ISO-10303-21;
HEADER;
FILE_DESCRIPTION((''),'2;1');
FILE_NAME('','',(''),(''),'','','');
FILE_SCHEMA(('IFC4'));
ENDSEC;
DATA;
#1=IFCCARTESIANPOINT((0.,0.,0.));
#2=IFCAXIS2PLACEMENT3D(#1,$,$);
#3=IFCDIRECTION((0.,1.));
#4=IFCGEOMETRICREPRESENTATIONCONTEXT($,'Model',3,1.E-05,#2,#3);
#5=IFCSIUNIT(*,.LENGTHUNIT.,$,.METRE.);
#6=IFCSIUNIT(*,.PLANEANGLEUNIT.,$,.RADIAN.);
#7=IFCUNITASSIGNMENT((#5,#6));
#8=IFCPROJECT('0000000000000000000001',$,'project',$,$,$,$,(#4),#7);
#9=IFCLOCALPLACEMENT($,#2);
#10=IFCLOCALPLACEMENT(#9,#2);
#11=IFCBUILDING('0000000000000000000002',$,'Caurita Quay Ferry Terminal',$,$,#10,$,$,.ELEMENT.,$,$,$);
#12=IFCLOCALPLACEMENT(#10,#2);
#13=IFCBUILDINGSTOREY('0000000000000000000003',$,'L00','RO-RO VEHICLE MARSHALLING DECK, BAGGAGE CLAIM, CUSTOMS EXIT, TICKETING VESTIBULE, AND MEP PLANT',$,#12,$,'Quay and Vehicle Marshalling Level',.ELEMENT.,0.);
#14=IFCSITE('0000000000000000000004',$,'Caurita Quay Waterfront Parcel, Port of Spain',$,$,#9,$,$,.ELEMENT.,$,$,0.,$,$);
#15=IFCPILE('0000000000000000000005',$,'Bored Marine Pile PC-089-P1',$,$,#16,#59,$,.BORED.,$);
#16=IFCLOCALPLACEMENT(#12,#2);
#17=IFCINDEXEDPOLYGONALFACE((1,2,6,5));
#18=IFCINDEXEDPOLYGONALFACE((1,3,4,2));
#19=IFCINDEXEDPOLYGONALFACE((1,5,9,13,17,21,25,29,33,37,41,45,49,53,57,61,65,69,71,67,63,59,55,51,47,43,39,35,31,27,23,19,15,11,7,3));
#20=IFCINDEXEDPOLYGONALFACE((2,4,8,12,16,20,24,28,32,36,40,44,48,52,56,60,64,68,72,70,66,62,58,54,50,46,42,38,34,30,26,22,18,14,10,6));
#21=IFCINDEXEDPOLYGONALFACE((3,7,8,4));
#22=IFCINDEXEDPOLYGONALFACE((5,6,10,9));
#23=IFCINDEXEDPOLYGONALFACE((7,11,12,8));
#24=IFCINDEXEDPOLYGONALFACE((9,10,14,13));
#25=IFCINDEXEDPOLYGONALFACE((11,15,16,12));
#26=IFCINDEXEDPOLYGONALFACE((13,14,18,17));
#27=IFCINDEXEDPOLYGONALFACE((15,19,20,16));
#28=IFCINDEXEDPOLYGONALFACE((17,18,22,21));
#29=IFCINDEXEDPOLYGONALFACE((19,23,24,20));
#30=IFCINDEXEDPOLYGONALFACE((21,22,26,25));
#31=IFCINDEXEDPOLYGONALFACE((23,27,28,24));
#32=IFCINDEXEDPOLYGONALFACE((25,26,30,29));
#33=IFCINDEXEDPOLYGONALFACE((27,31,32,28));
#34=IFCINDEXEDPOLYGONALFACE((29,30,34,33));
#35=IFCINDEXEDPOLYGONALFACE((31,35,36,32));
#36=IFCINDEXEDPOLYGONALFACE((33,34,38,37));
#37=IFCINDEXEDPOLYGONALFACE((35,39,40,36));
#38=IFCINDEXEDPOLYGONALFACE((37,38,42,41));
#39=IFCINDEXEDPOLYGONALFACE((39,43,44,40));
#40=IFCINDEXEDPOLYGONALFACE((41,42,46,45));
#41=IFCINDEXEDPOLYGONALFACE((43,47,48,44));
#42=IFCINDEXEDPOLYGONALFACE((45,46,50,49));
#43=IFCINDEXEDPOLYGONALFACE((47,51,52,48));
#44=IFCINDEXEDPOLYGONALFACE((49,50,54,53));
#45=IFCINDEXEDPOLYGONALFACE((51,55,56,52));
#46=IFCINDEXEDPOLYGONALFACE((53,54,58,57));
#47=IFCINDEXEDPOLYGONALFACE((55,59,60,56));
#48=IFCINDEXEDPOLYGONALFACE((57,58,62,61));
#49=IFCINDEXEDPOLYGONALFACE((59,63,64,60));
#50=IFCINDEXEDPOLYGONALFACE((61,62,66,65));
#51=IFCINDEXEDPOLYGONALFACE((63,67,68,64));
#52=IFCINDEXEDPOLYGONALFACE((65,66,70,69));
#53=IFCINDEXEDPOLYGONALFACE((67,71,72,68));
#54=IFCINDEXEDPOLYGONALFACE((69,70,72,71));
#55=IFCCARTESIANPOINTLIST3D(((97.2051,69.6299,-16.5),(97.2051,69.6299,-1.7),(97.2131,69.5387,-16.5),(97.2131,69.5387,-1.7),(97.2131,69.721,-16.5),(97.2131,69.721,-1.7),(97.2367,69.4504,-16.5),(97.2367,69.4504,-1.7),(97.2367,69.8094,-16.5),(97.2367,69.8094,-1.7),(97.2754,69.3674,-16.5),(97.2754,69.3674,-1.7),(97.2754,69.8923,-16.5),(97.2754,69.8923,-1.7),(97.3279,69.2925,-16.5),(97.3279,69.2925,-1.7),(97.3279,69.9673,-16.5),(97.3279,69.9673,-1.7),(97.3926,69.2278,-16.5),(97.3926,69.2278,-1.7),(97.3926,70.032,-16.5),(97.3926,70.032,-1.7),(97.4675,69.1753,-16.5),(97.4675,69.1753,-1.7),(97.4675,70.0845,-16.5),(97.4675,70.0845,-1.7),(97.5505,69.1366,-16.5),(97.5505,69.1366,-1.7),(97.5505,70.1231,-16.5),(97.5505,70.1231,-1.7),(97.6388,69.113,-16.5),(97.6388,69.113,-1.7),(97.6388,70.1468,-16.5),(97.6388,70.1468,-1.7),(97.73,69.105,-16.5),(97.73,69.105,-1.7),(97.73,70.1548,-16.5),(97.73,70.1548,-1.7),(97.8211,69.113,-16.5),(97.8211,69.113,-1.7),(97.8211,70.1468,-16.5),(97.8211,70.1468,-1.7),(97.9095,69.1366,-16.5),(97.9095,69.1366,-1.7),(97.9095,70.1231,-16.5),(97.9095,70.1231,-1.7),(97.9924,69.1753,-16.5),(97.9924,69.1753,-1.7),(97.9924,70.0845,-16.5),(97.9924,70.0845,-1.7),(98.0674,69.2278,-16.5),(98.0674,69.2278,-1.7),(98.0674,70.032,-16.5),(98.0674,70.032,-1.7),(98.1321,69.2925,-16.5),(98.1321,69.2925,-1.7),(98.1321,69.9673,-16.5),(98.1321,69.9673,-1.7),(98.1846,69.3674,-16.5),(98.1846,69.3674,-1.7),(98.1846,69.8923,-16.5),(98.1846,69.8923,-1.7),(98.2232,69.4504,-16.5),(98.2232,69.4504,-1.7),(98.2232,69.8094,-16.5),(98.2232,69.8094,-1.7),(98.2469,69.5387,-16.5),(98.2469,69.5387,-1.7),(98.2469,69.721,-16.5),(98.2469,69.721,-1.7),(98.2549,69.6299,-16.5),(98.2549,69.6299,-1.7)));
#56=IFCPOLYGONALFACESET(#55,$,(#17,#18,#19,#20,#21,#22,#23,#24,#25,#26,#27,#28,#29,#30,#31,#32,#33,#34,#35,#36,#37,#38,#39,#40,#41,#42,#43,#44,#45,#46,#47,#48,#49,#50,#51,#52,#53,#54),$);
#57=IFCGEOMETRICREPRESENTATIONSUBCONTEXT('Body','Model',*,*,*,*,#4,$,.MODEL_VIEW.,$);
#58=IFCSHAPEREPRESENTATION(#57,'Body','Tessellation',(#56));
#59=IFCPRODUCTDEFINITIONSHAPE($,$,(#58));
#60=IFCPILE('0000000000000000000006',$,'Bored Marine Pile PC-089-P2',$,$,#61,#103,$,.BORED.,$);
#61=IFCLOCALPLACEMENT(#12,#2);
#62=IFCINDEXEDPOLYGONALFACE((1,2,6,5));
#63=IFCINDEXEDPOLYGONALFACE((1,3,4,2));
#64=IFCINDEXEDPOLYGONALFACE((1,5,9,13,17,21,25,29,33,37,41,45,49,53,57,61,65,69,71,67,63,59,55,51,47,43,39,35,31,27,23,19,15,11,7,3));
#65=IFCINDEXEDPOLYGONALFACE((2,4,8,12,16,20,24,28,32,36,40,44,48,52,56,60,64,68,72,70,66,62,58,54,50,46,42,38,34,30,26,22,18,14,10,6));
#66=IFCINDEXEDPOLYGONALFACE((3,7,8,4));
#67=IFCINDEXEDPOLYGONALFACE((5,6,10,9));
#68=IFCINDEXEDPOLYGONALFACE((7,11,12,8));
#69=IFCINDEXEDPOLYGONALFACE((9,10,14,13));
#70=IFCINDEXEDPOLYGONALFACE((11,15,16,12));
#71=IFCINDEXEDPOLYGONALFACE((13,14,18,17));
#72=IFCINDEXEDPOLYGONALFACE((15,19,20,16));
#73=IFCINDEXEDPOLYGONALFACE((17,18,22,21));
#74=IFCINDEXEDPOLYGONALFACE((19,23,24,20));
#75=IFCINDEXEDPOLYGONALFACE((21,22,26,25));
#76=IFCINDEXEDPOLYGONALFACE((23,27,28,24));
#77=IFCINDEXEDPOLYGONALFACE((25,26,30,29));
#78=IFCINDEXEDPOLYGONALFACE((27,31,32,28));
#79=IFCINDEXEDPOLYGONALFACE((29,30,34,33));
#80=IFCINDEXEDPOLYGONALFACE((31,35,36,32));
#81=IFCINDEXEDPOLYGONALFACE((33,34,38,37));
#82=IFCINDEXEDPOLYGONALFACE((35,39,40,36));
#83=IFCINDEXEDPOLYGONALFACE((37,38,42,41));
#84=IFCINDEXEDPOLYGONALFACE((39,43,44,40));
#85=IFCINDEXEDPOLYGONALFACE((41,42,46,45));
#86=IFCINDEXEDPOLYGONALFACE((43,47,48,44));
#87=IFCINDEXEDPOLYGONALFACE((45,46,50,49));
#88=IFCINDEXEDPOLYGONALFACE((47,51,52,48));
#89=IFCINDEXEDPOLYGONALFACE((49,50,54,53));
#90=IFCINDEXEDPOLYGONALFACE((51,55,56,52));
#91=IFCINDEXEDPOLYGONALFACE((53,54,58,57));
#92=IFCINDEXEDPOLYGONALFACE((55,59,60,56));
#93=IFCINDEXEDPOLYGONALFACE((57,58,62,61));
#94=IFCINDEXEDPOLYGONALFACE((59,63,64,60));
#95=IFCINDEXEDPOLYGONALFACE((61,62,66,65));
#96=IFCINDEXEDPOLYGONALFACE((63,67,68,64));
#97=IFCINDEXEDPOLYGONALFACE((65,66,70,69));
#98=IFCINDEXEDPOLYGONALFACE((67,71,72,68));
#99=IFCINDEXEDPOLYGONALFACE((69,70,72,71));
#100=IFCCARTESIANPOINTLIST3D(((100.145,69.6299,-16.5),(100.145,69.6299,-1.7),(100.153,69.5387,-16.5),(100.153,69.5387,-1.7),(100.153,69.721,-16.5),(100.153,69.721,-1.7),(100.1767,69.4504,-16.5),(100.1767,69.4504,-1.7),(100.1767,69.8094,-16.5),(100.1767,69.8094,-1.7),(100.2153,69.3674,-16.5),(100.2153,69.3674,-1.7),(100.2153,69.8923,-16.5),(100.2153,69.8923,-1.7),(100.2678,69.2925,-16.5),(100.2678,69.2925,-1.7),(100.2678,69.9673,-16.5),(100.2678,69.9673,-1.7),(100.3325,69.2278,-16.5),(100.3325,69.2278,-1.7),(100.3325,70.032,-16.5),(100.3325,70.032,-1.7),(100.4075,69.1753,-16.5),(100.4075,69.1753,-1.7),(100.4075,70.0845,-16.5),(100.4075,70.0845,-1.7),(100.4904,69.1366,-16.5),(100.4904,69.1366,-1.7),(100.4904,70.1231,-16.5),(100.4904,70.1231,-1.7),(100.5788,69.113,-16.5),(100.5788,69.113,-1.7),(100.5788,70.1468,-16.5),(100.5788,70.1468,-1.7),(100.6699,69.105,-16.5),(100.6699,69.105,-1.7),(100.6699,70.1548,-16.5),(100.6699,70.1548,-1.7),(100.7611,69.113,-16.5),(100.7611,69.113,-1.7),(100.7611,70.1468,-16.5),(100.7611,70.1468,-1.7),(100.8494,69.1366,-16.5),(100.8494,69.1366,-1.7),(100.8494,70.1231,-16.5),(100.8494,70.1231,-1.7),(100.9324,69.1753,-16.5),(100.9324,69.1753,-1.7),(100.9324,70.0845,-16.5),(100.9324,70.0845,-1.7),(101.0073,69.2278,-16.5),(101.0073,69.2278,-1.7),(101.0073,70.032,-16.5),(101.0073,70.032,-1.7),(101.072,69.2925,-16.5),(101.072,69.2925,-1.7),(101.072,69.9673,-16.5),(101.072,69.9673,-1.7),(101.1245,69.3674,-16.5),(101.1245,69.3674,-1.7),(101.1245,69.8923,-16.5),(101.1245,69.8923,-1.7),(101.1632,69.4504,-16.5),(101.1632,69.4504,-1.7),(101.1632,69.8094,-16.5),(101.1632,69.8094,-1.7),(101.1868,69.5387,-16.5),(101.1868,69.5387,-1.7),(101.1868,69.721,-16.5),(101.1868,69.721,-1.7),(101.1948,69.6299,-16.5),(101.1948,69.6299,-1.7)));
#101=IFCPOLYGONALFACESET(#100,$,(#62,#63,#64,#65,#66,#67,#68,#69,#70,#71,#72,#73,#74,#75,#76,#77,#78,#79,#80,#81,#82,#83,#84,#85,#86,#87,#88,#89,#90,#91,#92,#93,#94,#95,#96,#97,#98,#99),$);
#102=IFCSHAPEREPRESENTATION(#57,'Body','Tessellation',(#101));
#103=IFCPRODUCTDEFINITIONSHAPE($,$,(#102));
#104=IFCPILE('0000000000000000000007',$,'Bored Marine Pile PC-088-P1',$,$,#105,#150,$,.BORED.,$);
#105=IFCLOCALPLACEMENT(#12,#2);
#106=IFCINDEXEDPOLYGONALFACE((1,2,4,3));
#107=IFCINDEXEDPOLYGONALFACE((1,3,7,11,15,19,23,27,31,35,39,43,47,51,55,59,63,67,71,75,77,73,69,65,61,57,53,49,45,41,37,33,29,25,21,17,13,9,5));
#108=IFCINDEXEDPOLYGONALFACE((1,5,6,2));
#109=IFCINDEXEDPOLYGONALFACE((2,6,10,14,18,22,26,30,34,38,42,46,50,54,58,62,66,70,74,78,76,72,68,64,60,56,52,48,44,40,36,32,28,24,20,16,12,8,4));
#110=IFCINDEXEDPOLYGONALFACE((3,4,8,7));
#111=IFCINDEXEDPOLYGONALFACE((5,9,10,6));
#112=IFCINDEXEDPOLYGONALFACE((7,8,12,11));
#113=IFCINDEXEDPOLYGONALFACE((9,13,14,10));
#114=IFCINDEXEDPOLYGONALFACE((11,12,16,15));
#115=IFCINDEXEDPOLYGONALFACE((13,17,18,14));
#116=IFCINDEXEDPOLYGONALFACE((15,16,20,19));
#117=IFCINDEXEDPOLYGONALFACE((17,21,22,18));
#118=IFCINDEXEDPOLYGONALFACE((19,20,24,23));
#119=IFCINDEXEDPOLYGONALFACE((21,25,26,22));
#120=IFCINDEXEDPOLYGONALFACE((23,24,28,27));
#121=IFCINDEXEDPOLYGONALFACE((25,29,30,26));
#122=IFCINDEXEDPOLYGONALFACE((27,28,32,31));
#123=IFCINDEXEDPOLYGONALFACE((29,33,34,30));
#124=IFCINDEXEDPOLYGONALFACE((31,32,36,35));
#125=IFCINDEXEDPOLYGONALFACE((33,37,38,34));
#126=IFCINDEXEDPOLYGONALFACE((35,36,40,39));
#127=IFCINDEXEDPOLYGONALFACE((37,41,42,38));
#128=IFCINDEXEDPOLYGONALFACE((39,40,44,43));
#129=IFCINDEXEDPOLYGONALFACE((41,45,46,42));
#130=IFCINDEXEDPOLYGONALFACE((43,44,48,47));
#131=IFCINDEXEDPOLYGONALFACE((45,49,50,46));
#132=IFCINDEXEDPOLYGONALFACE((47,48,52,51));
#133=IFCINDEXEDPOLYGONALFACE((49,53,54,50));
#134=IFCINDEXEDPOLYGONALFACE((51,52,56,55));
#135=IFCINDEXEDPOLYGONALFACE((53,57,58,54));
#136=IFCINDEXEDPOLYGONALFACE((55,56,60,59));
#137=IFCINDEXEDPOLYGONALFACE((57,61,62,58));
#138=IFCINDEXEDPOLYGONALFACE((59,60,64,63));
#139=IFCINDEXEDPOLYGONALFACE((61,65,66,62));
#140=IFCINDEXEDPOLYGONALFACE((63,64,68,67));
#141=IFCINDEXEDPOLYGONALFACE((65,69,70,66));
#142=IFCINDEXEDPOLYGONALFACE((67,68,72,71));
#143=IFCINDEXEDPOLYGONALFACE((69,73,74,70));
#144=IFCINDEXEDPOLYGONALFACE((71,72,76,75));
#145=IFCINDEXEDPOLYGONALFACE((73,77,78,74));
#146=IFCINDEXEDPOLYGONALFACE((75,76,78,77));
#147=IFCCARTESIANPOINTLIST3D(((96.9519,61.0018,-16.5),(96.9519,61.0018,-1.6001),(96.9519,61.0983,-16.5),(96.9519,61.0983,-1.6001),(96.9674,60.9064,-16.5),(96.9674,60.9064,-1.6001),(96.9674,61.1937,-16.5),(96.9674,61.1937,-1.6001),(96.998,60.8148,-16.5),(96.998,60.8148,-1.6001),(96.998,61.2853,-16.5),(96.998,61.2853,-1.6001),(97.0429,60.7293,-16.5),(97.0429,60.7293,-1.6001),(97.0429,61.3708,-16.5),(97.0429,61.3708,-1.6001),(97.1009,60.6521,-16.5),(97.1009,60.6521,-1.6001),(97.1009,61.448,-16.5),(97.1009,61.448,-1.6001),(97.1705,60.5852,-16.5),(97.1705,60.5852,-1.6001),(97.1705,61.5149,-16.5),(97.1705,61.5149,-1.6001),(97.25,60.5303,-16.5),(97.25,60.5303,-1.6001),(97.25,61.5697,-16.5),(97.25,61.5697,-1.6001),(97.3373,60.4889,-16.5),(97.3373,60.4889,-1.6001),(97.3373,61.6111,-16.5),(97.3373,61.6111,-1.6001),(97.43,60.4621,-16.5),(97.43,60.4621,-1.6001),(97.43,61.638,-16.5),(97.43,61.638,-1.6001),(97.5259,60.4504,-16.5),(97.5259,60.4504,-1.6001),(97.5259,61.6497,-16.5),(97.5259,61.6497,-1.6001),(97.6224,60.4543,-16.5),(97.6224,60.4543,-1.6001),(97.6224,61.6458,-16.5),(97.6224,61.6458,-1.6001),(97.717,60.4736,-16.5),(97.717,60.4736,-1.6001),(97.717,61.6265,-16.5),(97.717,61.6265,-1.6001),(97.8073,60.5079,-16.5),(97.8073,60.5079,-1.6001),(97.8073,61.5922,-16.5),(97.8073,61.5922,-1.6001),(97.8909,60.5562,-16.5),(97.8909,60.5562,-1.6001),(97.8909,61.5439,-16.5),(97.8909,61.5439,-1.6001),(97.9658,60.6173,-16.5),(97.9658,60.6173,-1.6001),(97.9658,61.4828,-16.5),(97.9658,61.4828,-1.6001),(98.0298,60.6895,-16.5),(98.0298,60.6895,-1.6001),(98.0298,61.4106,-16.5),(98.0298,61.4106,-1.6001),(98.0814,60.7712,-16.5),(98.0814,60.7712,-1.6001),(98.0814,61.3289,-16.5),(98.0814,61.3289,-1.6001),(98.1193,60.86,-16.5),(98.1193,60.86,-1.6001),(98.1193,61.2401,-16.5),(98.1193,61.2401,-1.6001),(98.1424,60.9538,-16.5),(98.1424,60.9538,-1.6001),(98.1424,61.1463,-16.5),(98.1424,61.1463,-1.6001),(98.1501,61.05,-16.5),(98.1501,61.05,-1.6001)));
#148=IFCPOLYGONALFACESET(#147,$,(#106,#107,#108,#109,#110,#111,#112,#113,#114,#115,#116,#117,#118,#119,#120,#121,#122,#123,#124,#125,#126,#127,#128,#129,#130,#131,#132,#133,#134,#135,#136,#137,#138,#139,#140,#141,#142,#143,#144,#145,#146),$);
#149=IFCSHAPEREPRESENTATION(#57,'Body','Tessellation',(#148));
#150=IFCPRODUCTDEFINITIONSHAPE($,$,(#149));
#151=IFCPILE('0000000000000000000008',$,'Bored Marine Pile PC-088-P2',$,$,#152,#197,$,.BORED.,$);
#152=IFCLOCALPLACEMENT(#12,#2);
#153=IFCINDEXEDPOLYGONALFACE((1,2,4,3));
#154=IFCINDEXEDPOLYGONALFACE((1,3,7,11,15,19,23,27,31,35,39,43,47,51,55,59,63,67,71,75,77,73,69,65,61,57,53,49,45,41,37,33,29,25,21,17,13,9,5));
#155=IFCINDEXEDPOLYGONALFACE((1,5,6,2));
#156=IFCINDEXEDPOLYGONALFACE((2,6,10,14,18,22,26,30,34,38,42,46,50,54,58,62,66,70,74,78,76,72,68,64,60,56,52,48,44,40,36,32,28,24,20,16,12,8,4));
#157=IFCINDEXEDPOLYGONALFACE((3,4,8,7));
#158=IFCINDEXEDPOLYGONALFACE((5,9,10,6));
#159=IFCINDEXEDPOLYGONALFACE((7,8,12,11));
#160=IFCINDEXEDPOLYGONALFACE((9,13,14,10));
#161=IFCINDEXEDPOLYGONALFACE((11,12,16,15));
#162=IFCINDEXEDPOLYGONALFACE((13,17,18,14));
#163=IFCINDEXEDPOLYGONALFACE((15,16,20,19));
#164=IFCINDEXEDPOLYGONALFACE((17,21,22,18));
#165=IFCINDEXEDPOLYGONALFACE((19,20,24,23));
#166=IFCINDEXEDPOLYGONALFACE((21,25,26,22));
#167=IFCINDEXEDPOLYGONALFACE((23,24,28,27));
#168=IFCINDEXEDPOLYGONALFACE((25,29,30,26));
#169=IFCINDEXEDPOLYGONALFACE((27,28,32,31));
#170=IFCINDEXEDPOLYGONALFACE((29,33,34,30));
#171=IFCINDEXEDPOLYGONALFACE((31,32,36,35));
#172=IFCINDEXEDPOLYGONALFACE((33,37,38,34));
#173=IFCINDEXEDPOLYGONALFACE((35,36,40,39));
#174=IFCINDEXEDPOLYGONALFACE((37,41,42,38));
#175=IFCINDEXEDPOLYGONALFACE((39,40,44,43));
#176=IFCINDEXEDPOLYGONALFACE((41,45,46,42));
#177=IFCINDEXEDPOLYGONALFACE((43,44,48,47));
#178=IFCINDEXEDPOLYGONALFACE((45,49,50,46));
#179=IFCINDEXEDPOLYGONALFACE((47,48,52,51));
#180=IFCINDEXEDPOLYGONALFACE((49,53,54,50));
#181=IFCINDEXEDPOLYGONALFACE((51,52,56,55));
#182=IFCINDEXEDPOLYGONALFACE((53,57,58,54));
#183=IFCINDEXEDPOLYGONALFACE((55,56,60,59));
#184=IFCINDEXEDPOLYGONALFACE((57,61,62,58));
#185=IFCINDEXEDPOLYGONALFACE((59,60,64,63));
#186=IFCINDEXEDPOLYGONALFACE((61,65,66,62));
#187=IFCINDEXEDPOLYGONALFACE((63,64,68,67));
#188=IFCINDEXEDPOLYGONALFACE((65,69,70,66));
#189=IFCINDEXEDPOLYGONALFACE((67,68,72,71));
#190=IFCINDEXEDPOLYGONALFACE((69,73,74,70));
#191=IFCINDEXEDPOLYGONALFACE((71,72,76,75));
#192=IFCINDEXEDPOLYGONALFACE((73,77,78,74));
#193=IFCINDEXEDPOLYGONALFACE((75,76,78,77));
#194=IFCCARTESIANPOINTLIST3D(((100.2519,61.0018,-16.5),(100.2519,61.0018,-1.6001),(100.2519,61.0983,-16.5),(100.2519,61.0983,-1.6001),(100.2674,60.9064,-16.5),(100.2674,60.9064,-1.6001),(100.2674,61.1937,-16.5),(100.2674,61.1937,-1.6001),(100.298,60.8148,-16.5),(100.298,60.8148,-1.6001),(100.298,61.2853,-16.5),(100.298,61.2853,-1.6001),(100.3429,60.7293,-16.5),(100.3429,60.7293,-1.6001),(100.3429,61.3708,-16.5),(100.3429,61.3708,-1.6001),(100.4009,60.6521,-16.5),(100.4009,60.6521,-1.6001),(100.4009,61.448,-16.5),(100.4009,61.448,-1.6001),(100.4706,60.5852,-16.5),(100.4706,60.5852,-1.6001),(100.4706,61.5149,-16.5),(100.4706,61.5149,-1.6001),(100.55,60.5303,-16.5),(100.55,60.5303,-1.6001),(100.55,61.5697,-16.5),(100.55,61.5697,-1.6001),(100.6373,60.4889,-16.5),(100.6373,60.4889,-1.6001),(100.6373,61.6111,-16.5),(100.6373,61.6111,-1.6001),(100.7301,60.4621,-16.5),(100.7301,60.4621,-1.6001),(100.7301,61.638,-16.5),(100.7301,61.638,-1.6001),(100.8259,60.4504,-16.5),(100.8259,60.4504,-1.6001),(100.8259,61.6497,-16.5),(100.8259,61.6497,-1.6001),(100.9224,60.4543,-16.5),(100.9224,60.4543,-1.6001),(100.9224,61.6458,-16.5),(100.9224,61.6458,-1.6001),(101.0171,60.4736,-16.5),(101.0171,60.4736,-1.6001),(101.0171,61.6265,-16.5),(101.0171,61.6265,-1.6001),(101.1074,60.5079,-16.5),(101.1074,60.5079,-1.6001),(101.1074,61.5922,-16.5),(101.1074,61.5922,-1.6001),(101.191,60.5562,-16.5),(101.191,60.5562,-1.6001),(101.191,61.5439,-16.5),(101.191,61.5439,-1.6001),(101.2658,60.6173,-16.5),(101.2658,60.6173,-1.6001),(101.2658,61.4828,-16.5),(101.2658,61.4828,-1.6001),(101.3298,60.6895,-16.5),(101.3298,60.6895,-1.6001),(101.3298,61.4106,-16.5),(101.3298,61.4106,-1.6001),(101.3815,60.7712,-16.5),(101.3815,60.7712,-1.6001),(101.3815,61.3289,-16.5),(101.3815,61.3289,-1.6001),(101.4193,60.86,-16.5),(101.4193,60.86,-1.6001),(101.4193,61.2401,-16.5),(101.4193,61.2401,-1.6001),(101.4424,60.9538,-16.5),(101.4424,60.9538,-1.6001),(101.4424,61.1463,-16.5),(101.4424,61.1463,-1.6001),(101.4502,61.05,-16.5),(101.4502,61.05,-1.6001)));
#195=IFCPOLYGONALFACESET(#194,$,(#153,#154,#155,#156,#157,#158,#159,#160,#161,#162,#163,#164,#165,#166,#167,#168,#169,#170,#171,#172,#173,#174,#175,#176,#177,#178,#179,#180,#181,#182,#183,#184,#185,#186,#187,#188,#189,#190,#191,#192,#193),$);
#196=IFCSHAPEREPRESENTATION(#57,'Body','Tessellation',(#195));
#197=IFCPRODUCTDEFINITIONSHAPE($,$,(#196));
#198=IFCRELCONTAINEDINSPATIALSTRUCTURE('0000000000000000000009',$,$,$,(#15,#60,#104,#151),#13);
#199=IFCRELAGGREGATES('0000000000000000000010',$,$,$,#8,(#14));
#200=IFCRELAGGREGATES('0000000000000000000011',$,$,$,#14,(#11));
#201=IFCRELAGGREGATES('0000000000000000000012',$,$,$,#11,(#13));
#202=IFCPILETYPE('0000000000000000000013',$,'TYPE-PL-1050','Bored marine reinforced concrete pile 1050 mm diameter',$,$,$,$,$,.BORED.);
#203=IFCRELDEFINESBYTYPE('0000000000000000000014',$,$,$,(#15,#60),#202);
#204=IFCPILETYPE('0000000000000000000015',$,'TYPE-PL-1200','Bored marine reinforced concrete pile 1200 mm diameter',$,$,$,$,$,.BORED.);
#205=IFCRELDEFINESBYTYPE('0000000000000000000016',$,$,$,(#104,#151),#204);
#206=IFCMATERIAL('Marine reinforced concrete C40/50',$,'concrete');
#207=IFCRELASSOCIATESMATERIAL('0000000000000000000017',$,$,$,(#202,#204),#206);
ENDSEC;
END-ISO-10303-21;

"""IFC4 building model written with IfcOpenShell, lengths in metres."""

from ifc_helpers import new_model, si_unit, direction, frame, origin, origin_2d, place, context, subcontext, project, spatial, circle, extrude, material, material_profile, profile_set, type_object, element, save


model = new_model("IFC4")

# Units and contexts
model_context = context("Model", 3, precision=1e-05, world=origin(), true_north=direction((0.0, 1.0)))
body_context = subcontext(model_context, "Body", "Model", "MODEL_VIEW")
ifc_project = project(units=[si_unit("LENGTHUNIT", "METRE"), si_unit("PLANEANGLEUNIT", "RADIAN")], contexts=[model_context])

# Site, building, storey
site_placement = place(None, origin())
site = spatial("IfcSite", under=ifc_project, at=site_placement, Name="Caurita Quay Waterfront Parcel, Port of Spain", CompositionType="ELEMENT", RefElevation=0.0)
building_placement = place(site_placement, origin())
building = spatial("IfcBuilding", under=site, at=building_placement, Name="Caurita Quay Ferry Terminal", CompositionType="ELEMENT")
storey_placement = place(building_placement, origin())
storey = spatial("IfcBuildingStorey", under=building, at=storey_placement, Name="L00", Description="RO-RO VEHICLE MARSHALLING DECK, BAGGAGE CLAIM, CUSTOMS EXIT, TICKETING VESTIBULE, AND MEP PLANT", LongName="Quay and Vehicle Marshalling Level", CompositionType="ELEMENT", Elevation=0.0)

# Piles
ifc_material_1 = material(Name="Marine reinforced concrete C40/50", Category="concrete")
ifc_material_profile_1 = material_profile(ifc_material_1, circle(Radius=0.5249, at=origin_2d()), Name="PILE-D1050")
ifc_profile_set_1 = profile_set([ifc_material_profile_1], Name="Marine reinforced concrete C40/50")
pile_type_1 = type_object("IfcPileType", Name="TYPE-PL-1050", Description="Bored marine reinforced concrete pile 1050 mm diameter", PredefinedType="BORED", material=ifc_profile_set_1)
for number, where, z_axis, x_axis, name in (
    (1, (97.73, 69.6299, -1.7), (0.0, 0.0, -1.0), (1.0, 0.0, 0.0), "Bored Marine Pile PC-089-P1"),
    (2, (100.6699, 69.6299, -1.7), (0.0, 0.0, -1.0), (1.0, 0.0, 0.0), "Bored Marine Pile PC-089-P2"),
):
    element("IfcPile", number, at=place(storey_placement, frame(where, z_axis=z_axis, x_axis=x_axis)), inside=storey, type_object=pile_type_1, Name=name, PredefinedType="BORED", context=body_context, shape_type="SweptSolid", body=[
        extrude(circle(Radius=0.5249, at=origin_2d()), origin(), (0.0, 0.0, 1.0), 14.8),
    ])
ifc_material_profile_2 = material_profile(ifc_material_1, circle(Radius=0.6001, at=origin_2d()), Name="PILE-D1200")
ifc_profile_set_2 = profile_set([ifc_material_profile_2], Name="Marine reinforced concrete C40/50")
pile_type_2 = type_object("IfcPileType", Name="TYPE-PL-1200", Description="Bored marine reinforced concrete pile 1200 mm diameter", PredefinedType="BORED", material=ifc_profile_set_2)
for number, where, z_axis, x_axis, name in (
    (3, (97.55, 61.05, -1.6001), (0.0, 0.0, -1.0), (1.0, 0.0, 0.0), "Bored Marine Pile PC-088-P1"),
    (4, (100.8501, 61.05, -1.6001), (0.0, 0.0, -1.0), (1.0, 0.0, 0.0), "Bored Marine Pile PC-088-P2"),
):
    element("IfcPile", number, at=place(storey_placement, frame(where, z_axis=z_axis, x_axis=x_axis)), inside=storey, type_object=pile_type_2, Name=name, PredefinedType="BORED", context=body_context, shape_type="SweptSolid", body=[
        extrude(circle(Radius=0.6001, at=origin_2d()), origin(), (0.0, 0.0, 1.0), 14.8999),
    ])

save(model, "model.ifc")
